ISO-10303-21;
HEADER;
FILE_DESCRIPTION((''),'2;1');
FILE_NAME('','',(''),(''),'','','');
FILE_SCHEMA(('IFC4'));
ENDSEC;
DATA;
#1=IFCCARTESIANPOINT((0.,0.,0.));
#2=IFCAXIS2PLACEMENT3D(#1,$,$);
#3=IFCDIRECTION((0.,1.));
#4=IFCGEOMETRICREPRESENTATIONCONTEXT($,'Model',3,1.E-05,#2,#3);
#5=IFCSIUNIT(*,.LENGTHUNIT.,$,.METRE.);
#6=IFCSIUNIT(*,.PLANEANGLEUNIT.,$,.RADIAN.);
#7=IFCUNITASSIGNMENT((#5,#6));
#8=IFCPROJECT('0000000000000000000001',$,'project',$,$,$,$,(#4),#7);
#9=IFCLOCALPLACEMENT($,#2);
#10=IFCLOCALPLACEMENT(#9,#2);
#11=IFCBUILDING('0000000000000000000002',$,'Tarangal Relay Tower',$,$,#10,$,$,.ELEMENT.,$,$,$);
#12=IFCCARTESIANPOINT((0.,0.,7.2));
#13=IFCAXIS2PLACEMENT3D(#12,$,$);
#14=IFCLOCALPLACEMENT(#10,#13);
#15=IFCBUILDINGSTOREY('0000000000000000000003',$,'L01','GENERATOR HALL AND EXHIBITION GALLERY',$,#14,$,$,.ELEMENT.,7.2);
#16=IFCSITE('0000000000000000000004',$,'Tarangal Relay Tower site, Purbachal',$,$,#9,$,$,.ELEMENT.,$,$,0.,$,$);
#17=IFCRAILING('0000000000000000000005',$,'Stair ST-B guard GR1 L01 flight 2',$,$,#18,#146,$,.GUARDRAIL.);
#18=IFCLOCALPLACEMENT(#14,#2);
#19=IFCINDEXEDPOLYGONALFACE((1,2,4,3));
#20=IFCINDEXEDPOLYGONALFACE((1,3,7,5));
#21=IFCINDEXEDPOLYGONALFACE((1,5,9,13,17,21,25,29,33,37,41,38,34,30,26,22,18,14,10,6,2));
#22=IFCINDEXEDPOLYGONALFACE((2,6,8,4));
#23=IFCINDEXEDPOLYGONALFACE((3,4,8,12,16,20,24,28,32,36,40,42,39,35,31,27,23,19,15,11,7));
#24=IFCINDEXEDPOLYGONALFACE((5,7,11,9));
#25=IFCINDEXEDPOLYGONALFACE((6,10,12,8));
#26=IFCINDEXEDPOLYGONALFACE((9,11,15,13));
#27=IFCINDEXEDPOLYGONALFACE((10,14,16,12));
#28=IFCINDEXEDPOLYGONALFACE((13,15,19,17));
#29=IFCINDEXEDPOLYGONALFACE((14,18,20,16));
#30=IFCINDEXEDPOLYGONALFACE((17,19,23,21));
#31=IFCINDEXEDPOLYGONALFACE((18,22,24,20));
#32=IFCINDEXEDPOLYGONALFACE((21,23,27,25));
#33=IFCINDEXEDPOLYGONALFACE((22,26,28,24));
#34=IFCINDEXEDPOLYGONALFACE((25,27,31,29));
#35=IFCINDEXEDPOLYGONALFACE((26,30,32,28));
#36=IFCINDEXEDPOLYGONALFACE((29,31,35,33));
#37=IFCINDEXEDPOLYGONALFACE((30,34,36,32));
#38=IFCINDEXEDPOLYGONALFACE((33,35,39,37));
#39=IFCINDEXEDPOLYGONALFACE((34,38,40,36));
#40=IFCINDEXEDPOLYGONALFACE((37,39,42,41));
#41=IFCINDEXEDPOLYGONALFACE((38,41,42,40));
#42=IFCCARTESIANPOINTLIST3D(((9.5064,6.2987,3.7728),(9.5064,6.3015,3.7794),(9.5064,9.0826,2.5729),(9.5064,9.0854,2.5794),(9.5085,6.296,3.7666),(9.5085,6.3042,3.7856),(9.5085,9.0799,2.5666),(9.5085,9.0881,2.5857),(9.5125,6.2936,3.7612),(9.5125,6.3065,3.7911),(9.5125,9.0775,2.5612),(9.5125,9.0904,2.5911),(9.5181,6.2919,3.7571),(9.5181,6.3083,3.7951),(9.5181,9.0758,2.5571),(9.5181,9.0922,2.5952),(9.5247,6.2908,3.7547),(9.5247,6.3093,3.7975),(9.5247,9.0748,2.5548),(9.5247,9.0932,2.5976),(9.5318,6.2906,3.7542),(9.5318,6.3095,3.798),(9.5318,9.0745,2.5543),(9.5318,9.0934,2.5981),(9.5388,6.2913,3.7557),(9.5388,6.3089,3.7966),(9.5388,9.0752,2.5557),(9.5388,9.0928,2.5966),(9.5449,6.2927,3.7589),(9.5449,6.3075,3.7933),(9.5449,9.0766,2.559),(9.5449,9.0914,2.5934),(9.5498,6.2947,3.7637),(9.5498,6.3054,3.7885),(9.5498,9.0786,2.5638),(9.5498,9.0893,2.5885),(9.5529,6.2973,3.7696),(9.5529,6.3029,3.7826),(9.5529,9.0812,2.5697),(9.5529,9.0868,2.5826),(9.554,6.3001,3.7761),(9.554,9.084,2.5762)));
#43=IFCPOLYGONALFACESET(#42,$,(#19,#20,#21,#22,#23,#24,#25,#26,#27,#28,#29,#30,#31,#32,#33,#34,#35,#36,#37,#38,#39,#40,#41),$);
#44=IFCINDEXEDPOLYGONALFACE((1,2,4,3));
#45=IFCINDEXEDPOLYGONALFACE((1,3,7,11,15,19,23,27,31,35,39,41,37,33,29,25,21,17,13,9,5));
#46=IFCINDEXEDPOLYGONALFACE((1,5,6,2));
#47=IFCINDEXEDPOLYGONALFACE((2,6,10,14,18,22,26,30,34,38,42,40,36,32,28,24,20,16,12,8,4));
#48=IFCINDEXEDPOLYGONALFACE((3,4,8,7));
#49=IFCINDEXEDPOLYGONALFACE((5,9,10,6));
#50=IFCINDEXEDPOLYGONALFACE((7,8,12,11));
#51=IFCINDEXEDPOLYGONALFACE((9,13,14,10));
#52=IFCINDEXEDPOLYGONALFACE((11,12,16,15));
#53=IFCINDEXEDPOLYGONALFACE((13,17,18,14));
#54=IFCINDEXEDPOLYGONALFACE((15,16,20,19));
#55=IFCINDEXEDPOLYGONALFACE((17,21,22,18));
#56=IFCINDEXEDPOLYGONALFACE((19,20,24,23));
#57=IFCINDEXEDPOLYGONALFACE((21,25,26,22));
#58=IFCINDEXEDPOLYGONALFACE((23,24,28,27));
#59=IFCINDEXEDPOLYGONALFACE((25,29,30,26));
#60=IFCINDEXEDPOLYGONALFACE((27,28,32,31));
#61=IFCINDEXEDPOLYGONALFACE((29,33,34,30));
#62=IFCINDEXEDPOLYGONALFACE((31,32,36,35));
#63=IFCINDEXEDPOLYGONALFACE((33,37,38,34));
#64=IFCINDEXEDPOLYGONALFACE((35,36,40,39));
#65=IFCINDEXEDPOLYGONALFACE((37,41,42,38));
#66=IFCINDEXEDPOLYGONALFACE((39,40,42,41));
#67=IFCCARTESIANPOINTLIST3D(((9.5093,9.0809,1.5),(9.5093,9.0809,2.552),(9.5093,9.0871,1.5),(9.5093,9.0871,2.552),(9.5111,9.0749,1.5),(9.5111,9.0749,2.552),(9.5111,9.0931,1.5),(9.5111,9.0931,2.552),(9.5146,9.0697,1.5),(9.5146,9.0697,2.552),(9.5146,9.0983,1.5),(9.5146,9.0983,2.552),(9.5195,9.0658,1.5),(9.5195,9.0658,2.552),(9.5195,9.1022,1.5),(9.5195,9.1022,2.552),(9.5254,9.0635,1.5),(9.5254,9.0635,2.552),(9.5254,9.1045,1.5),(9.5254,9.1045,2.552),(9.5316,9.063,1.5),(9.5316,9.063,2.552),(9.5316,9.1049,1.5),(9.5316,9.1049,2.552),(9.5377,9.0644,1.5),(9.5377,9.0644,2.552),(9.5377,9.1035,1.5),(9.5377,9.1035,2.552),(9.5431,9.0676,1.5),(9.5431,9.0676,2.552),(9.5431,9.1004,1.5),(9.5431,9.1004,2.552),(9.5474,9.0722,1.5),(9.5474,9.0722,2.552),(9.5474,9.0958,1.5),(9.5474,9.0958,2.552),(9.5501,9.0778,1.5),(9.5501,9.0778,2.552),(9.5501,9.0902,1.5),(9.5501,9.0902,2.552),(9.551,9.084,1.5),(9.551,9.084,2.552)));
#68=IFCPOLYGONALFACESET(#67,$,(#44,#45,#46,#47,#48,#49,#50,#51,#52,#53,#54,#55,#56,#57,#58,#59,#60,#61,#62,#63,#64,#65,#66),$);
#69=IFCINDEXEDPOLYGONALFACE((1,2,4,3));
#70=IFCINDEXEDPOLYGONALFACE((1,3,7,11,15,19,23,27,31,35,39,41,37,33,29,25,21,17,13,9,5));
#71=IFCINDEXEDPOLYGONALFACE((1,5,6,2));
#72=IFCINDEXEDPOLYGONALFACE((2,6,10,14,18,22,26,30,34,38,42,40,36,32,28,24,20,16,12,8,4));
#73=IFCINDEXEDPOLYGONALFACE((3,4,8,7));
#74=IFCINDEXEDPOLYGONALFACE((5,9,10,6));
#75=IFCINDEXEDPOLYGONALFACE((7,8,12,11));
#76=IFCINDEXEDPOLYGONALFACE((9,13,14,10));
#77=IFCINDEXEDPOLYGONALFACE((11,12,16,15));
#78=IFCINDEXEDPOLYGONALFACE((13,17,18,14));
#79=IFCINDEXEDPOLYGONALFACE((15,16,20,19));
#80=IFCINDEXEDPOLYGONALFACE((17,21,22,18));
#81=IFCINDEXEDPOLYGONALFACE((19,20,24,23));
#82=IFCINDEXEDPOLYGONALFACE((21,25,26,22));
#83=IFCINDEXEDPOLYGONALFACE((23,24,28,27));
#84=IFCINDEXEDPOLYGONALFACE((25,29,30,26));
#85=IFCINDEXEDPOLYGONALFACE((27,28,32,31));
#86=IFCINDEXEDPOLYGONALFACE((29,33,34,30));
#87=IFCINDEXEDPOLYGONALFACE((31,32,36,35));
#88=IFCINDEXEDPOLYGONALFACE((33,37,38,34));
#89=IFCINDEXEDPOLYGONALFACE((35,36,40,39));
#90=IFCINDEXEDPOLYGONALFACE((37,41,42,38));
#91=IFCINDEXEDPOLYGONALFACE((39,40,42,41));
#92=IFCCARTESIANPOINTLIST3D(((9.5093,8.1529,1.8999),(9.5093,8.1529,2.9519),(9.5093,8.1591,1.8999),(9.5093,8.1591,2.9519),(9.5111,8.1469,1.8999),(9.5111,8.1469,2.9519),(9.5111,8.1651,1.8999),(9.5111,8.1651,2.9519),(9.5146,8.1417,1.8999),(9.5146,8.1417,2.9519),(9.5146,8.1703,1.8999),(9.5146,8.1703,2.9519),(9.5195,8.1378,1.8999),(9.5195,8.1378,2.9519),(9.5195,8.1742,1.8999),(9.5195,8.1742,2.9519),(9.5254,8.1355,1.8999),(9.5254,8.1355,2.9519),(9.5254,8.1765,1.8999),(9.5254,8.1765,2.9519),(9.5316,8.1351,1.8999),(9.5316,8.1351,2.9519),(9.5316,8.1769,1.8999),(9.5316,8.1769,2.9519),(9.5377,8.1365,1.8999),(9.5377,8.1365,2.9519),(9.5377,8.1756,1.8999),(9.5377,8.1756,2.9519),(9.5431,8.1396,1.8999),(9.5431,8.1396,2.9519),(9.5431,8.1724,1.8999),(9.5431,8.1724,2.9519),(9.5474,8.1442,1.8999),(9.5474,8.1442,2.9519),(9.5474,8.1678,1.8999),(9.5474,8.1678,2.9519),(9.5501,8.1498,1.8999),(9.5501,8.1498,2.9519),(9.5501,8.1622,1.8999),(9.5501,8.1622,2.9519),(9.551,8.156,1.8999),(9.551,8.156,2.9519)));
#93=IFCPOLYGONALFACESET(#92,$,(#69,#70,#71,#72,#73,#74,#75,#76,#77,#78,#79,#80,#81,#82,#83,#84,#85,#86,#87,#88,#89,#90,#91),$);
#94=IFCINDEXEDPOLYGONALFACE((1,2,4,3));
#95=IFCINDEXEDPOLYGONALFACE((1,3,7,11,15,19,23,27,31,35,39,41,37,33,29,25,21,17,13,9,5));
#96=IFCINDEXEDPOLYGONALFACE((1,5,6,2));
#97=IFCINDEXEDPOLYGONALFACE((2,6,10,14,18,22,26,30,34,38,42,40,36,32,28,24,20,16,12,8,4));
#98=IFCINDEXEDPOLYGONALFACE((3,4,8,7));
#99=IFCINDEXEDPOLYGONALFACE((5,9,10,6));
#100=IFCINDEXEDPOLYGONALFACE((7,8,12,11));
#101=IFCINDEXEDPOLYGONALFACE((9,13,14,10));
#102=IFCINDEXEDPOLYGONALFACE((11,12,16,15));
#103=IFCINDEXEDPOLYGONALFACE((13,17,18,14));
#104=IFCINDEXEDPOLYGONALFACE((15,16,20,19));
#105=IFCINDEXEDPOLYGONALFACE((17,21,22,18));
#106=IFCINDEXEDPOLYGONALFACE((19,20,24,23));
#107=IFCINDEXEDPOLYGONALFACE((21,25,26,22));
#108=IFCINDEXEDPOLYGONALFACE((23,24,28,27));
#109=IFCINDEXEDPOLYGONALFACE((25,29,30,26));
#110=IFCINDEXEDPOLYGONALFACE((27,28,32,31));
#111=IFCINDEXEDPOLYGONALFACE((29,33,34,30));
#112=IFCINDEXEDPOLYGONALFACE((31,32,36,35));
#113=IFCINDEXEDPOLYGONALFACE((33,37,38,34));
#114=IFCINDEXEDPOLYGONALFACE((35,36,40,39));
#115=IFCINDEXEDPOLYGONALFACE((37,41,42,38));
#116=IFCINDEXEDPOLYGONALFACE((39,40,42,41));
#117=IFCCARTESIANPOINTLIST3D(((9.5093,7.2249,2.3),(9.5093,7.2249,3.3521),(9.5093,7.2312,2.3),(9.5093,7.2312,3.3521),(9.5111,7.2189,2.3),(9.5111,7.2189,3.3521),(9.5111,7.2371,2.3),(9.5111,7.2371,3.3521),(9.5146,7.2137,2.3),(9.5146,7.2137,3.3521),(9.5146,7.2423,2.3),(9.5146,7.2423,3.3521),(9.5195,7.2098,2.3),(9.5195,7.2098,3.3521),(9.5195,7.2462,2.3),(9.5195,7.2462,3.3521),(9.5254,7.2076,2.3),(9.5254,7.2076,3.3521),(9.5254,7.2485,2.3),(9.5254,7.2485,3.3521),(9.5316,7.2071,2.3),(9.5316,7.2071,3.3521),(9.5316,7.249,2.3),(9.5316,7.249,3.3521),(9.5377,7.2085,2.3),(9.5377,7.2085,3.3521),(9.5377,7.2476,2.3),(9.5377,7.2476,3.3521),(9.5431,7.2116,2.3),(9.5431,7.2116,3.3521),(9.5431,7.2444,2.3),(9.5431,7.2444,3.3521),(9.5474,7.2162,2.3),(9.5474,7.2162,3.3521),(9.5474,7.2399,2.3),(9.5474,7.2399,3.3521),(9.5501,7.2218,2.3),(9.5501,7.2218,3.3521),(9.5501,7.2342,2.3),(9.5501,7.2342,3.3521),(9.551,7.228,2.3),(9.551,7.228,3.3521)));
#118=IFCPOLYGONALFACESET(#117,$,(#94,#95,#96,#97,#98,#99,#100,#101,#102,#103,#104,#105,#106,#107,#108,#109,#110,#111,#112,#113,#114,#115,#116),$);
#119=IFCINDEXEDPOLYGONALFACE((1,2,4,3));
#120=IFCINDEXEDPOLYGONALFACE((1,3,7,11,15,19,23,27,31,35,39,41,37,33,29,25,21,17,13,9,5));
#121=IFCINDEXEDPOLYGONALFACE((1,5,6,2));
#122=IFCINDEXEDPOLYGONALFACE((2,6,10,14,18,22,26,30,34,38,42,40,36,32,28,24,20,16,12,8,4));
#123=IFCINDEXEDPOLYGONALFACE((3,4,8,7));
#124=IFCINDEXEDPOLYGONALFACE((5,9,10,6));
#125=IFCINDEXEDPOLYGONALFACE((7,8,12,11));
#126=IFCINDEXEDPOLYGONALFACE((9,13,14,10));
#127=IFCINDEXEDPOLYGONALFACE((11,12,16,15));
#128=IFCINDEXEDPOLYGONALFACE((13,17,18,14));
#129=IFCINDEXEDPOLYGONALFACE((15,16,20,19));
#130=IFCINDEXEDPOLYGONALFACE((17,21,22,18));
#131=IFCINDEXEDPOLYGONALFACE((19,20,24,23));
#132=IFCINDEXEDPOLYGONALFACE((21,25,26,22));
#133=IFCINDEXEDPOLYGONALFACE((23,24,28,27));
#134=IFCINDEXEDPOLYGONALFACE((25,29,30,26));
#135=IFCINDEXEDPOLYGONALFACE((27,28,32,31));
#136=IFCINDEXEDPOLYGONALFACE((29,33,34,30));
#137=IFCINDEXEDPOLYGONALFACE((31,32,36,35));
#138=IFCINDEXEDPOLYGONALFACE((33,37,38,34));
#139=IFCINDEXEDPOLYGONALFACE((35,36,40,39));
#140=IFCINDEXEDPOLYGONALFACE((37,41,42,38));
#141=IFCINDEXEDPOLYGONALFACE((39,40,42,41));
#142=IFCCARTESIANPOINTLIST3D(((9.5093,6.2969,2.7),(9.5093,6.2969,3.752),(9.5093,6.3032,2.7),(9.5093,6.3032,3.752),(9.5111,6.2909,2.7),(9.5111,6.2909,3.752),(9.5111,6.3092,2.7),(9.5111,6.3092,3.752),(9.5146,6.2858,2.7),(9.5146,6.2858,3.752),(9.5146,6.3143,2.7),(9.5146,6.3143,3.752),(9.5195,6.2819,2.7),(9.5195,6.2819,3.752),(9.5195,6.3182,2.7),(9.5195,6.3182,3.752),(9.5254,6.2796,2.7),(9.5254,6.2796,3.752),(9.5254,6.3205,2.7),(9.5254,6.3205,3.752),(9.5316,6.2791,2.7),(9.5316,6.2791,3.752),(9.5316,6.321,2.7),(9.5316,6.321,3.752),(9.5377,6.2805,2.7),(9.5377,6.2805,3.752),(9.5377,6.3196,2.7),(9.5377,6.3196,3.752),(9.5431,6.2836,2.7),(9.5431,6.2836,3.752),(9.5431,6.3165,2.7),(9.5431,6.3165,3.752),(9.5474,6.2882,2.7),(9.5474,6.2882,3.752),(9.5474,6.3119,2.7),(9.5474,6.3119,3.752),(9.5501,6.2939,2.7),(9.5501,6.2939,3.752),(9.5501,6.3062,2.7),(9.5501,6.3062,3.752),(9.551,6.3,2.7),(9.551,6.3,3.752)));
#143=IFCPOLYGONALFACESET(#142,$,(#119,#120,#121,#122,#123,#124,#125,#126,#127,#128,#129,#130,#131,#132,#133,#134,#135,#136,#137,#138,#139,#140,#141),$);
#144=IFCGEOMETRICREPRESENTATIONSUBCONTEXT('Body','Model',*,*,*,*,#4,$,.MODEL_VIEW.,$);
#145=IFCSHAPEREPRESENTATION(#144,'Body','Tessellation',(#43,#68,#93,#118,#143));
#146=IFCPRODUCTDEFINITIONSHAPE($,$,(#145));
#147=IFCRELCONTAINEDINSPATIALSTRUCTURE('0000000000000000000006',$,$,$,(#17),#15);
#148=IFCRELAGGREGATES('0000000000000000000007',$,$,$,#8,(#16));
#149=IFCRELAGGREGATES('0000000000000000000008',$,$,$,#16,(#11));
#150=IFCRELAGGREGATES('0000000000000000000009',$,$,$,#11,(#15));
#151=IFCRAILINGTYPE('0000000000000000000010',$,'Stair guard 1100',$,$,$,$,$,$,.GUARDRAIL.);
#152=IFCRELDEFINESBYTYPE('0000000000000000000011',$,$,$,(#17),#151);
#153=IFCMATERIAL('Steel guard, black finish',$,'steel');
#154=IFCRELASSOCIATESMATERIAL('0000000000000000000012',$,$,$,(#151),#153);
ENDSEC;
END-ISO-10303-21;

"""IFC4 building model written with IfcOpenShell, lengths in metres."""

from ifc_helpers import new_model, si_unit, direction, frame, origin, origin_2d, place, context, subcontext, project, spatial, circle, extrude, material, type_object, element, save


model = new_model("IFC4")

# Units and contexts
model_context = context("Model", 3, precision=1e-05, world=origin(), true_north=direction((0.0, 1.0)))
body_context = subcontext(model_context, "Body", "Model", "MODEL_VIEW")
ifc_project = project(units=[si_unit("LENGTHUNIT", "METRE"), si_unit("PLANEANGLEUNIT", "RADIAN")], contexts=[model_context])

# Site, building, storey
site_placement = place(None, origin())
site = spatial("IfcSite", under=ifc_project, at=site_placement, Name="Tarangal Relay Tower site, Purbachal", CompositionType="ELEMENT", RefElevation=0.0)
building_placement = place(site_placement, origin())
building = spatial("IfcBuilding", under=site, at=building_placement, Name="Tarangal Relay Tower", CompositionType="ELEMENT")
storey_placement = place(building_placement, frame((0.0, 0.0, 7.2)))
storey = spatial("IfcBuildingStorey", under=building, at=storey_placement, Name="L01", Description="GENERATOR HALL AND EXHIBITION GALLERY", CompositionType="ELEMENT", Elevation=7.2)

# Railing
ifc_material_1 = material(Name="Steel guard, black finish", Category="steel")
railing_type_1 = type_object("IfcRailingType", Name="Stair guard 1100", PredefinedType="GUARDRAIL", material=ifc_material_1)
railing_1_placement = place(storey_placement, frame((9.53, 9.084, 1.5)))
element("IfcRailing", 1, at=railing_1_placement, inside=storey, type_object=railing_type_1, Name="Stair ST-B guard GR1 L01 flight 2", PredefinedType="GUARDRAIL", context=body_context, shape_type="SweptSolid", body=[
    extrude(circle(Radius=0.0239, at=origin_2d()), frame((0.0, 0.0, 1.0762), z_axis=(0.0, -0.918327, 0.395823), x_axis=(1.0, 0.0, 0.0)), (0.0, 0.0, 1.0), 3.0315),
    extrude(circle(Radius=0.021, at=origin_2d()), origin(), (0.0, 0.0, 1.0), 1.052),
    extrude(circle(Radius=0.021, at=origin_2d()), frame((0.0, -0.928, 0.3999)), (0.0, 0.0, 1.0), 1.052),
    extrude(circle(Radius=0.021, at=origin_2d()), frame((0.0, -1.856, 0.8)), (0.0, 0.0, 1.0), 1.052),
    extrude(circle(Radius=0.021, at=origin_2d()), frame((0.0, -2.7839, 1.2)), (0.0, 0.0, 1.0), 1.052),
])

save(model, "model.ifc")
